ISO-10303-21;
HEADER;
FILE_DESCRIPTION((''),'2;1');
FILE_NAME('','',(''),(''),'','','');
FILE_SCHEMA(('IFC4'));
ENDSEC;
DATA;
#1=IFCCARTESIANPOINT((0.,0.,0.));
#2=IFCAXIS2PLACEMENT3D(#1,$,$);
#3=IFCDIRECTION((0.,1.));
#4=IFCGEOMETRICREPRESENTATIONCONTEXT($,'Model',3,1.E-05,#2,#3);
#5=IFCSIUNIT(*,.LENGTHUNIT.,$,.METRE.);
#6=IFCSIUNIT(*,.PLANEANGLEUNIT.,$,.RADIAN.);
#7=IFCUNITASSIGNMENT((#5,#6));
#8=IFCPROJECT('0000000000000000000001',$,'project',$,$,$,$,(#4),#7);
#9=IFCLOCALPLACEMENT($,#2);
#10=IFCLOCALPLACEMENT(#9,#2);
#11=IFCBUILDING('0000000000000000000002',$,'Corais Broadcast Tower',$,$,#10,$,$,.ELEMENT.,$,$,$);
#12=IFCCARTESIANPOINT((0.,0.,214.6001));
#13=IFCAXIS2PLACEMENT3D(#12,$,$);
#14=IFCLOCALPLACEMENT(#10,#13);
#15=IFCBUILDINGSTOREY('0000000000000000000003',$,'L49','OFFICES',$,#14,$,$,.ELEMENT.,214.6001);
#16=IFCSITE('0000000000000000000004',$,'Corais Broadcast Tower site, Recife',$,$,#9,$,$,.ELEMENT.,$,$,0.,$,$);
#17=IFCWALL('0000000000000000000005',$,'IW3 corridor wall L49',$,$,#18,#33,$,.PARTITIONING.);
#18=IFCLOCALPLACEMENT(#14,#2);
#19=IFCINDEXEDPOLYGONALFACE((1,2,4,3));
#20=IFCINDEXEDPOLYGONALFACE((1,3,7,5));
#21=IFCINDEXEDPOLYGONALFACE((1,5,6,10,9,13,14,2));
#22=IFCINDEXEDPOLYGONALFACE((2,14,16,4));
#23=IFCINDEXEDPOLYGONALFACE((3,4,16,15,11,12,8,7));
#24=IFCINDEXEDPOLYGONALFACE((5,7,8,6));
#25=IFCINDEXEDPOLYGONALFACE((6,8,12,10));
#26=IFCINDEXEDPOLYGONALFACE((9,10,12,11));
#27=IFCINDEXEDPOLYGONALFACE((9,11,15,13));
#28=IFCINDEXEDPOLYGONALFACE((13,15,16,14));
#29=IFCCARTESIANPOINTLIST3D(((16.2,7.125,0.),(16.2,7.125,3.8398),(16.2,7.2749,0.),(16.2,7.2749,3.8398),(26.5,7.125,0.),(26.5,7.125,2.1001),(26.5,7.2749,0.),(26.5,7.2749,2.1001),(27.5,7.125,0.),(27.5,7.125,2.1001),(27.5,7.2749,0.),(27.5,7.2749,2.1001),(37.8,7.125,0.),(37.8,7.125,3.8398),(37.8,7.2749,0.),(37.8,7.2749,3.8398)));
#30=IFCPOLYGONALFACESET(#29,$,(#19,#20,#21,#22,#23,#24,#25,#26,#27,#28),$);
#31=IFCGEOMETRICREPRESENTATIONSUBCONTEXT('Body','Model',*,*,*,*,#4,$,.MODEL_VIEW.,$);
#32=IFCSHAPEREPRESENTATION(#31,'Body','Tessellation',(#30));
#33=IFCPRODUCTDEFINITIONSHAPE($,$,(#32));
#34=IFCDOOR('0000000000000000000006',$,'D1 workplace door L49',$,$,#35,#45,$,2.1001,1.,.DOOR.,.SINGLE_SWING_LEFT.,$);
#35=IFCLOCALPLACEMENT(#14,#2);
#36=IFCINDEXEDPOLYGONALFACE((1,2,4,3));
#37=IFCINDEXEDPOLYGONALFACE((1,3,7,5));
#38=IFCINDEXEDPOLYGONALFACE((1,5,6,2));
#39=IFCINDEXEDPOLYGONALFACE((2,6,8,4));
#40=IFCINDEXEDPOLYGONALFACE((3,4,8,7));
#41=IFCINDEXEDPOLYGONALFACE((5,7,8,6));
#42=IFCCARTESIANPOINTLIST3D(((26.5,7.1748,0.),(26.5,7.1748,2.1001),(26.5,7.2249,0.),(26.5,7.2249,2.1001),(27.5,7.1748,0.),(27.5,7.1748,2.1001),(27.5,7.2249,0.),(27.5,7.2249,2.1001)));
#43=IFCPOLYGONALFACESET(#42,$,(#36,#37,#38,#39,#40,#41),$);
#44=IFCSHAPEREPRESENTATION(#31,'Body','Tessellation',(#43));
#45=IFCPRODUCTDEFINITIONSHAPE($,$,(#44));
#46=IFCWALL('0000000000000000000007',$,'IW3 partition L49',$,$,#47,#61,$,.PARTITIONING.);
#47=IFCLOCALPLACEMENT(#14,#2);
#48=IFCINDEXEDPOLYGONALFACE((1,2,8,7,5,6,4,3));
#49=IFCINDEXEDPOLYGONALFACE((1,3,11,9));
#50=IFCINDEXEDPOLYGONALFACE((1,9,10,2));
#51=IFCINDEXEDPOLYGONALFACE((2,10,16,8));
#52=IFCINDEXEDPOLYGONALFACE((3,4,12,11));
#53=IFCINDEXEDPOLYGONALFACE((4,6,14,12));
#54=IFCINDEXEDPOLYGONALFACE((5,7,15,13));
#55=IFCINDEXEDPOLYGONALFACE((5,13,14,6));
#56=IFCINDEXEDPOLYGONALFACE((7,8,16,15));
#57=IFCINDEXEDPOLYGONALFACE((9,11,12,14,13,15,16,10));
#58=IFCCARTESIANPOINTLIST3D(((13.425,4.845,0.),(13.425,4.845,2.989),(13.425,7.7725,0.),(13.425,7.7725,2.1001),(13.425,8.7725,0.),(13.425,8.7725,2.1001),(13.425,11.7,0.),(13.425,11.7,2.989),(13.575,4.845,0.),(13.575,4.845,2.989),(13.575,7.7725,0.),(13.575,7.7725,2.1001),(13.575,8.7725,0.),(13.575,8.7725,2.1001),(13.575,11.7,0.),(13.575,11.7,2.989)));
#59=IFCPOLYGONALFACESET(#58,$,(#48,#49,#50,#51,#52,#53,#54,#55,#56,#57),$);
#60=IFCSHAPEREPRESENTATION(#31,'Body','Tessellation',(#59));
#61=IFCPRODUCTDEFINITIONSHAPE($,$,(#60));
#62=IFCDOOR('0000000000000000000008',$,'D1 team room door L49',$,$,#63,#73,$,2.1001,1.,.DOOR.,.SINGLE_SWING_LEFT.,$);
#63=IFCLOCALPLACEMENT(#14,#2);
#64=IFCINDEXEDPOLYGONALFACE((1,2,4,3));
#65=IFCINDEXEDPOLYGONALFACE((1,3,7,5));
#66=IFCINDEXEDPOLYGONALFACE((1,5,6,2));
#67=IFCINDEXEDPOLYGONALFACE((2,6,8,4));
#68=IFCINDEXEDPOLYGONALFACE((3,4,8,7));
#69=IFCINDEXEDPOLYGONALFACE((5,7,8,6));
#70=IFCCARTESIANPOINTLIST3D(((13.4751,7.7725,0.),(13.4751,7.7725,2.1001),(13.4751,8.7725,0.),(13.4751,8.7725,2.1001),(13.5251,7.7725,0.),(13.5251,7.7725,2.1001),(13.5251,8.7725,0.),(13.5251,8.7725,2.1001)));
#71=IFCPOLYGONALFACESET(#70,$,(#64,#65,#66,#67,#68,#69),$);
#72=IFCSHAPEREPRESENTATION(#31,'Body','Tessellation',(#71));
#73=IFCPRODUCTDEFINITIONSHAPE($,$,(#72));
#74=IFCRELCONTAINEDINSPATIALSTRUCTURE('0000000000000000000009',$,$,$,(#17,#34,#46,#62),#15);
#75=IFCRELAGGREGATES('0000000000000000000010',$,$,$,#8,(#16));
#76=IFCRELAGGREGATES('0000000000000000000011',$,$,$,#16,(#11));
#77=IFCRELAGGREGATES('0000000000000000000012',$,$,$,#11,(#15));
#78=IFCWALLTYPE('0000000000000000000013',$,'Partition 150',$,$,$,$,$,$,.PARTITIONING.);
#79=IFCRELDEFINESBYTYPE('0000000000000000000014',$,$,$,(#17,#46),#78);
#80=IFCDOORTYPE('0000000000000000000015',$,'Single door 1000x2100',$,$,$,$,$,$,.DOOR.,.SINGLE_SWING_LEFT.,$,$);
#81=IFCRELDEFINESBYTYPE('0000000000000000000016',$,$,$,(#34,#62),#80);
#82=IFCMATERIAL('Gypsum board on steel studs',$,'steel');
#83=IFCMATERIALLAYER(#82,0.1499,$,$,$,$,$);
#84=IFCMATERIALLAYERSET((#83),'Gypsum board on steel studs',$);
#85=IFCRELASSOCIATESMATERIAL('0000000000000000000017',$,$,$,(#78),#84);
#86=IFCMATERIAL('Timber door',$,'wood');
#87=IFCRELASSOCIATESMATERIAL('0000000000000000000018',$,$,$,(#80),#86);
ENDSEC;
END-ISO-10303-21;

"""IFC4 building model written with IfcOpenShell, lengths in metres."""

from ifc_helpers import new_model, si_unit, direction, frame, frame_2d, origin, place, context, subcontext, project, spatial, rectangle, extrude, material, layer, layer_set, type_object, element, fill, save


model = new_model("IFC4")

# Units and contexts
model_context = context("Model", 3, precision=1e-05, world=origin(), true_north=direction((0.0, 1.0)))
body_context = subcontext(model_context, "Body", "Model", "MODEL_VIEW")
ifc_project = project(units=[si_unit("LENGTHUNIT", "METRE"), si_unit("PLANEANGLEUNIT", "RADIAN")], contexts=[model_context])

# Site, building, storey
site_placement = place(None, origin())
site = spatial("IfcSite", under=ifc_project, at=site_placement, Name="Corais Broadcast Tower site, Recife", CompositionType="ELEMENT", RefElevation=0.0)
building_placement = place(site_placement, origin())
building = spatial("IfcBuilding", under=site, at=building_placement, Name="Corais Broadcast Tower", CompositionType="ELEMENT")
storey_placement = place(building_placement, frame((0.0, 0.0, 214.6001)))
storey = spatial("IfcBuildingStorey", under=building, at=storey_placement, Name="L49", Description="OFFICES", CompositionType="ELEMENT", Elevation=214.6001)

# Walls, openings, doors
ifc_material_1 = material(Name="Gypsum board on steel studs", Category="steel")
ifc_layer_1 = layer(ifc_material_1, 0.1499)
ifc_layer_set_1 = layer_set([ifc_layer_1], Name="Gypsum board on steel studs")
wall_type = type_object("IfcWallType", Name="Partition 150", PredefinedType="PARTITIONING", material=ifc_layer_set_1)
wall_1_placement = place(storey_placement, frame((16.2, 7.2, 0.0), z_axis=(0.0, 0.0, 1.0), x_axis=(1.0, 0.0, 0.0)))
wall_1 = element("IfcWall", 1, at=wall_1_placement, inside=storey, type_object=wall_type, Name="IW3 corridor wall L49", PredefinedType="PARTITIONING", context=body_context, shape_type="SweptSolid", body=[
    extrude(rectangle(XDim=21.6001, YDim=0.1499, at=frame_2d((10.8, 0.0))), origin(), (0.0, 0.0, 1.0), 3.8398),
])
opening_1_placement = place(wall_1_placement, frame((10.3, 0.0, 0.0)))
opening_1 = element("IfcOpeningElement", 2, at=opening_1_placement, cuts=wall_1, PredefinedType="OPENING", context=body_context, shape_type="SweptSolid", body=[
    extrude(rectangle(XDim=1.0, YDim=2.1001, at=frame_2d((0.5, 1.05))), frame((0.0, 0.085, 0.0), z_axis=(0.0, -1.0, 0.0), x_axis=(1.0, 0.0, 0.0)), (0.0, 0.0, 1.0), 0.1699),
])
ifc_material_2 = material(Name="Timber door", Category="wood")
door_type = type_object("IfcDoorType", Name="Single door 1000x2100", OperationType="SINGLE_SWING_LEFT", PredefinedType="DOOR", material=ifc_material_2)
door_1_placement = place(opening_1_placement, origin())
door_1 = element("IfcDoor", 3, at=door_1_placement, inside=storey, type_object=door_type, Name="D1 workplace door L49", OperationType="SINGLE_SWING_LEFT", OverallHeight=2.1001, OverallWidth=1.0, PredefinedType="DOOR", context=body_context, shape_type="SweptSolid", body=[
    extrude(rectangle(XDim=1.0, YDim=2.1001, at=frame_2d((0.5, 1.05))), frame((0.0, 0.0249, 0.0), z_axis=(0.0, -1.0, 0.0), x_axis=(1.0, 0.0, 0.0)), (0.0, 0.0, 1.0), 0.05),
])
fill(opening_1, door_1)
wall_2_placement = place(storey_placement, frame((13.5, 4.845, 0.0), z_axis=(0.0, 0.0, 1.0), x_axis=(0.0, 1.0, 0.0)))
wall_2 = element("IfcWall", 4, at=wall_2_placement, inside=storey, type_object=wall_type, Name="IW3 partition L49", PredefinedType="PARTITIONING", context=body_context, shape_type="SweptSolid", body=[
    extrude(rectangle(XDim=6.855, YDim=0.1499, at=frame_2d((3.4275, 0.0))), origin(), (0.0, 0.0, 1.0), 2.989),
])
opening_2_placement = place(wall_2_placement, frame((2.9275, 0.0, 0.0)))
opening_2 = element("IfcOpeningElement", 5, at=opening_2_placement, cuts=wall_2, PredefinedType="OPENING", context=body_context, shape_type="SweptSolid", body=[
    extrude(rectangle(XDim=1.0, YDim=2.1001, at=frame_2d((0.5, 1.05))), frame((0.0, 0.085, 0.0), z_axis=(0.0, -1.0, 0.0), x_axis=(1.0, 0.0, 0.0)), (0.0, 0.0, 1.0), 0.1699),
])
door_2_placement = place(opening_2_placement, origin())
door_2 = element("IfcDoor", 6, at=door_2_placement, inside=storey, type_object=door_type, Name="D1 team room door L49", OperationType="SINGLE_SWING_LEFT", OverallHeight=2.1001, OverallWidth=1.0, PredefinedType="DOOR", context=body_context, shape_type="SweptSolid", body=[
    extrude(rectangle(XDim=1.0, YDim=2.1001, at=frame_2d((0.5, 1.05))), frame((0.0, 0.0249, 0.0), z_axis=(0.0, -1.0, 0.0), x_axis=(1.0, 0.0, 0.0)), (0.0, 0.0, 1.0), 0.05),
])
fill(opening_2, door_2)

save(model, "model.ifc")
